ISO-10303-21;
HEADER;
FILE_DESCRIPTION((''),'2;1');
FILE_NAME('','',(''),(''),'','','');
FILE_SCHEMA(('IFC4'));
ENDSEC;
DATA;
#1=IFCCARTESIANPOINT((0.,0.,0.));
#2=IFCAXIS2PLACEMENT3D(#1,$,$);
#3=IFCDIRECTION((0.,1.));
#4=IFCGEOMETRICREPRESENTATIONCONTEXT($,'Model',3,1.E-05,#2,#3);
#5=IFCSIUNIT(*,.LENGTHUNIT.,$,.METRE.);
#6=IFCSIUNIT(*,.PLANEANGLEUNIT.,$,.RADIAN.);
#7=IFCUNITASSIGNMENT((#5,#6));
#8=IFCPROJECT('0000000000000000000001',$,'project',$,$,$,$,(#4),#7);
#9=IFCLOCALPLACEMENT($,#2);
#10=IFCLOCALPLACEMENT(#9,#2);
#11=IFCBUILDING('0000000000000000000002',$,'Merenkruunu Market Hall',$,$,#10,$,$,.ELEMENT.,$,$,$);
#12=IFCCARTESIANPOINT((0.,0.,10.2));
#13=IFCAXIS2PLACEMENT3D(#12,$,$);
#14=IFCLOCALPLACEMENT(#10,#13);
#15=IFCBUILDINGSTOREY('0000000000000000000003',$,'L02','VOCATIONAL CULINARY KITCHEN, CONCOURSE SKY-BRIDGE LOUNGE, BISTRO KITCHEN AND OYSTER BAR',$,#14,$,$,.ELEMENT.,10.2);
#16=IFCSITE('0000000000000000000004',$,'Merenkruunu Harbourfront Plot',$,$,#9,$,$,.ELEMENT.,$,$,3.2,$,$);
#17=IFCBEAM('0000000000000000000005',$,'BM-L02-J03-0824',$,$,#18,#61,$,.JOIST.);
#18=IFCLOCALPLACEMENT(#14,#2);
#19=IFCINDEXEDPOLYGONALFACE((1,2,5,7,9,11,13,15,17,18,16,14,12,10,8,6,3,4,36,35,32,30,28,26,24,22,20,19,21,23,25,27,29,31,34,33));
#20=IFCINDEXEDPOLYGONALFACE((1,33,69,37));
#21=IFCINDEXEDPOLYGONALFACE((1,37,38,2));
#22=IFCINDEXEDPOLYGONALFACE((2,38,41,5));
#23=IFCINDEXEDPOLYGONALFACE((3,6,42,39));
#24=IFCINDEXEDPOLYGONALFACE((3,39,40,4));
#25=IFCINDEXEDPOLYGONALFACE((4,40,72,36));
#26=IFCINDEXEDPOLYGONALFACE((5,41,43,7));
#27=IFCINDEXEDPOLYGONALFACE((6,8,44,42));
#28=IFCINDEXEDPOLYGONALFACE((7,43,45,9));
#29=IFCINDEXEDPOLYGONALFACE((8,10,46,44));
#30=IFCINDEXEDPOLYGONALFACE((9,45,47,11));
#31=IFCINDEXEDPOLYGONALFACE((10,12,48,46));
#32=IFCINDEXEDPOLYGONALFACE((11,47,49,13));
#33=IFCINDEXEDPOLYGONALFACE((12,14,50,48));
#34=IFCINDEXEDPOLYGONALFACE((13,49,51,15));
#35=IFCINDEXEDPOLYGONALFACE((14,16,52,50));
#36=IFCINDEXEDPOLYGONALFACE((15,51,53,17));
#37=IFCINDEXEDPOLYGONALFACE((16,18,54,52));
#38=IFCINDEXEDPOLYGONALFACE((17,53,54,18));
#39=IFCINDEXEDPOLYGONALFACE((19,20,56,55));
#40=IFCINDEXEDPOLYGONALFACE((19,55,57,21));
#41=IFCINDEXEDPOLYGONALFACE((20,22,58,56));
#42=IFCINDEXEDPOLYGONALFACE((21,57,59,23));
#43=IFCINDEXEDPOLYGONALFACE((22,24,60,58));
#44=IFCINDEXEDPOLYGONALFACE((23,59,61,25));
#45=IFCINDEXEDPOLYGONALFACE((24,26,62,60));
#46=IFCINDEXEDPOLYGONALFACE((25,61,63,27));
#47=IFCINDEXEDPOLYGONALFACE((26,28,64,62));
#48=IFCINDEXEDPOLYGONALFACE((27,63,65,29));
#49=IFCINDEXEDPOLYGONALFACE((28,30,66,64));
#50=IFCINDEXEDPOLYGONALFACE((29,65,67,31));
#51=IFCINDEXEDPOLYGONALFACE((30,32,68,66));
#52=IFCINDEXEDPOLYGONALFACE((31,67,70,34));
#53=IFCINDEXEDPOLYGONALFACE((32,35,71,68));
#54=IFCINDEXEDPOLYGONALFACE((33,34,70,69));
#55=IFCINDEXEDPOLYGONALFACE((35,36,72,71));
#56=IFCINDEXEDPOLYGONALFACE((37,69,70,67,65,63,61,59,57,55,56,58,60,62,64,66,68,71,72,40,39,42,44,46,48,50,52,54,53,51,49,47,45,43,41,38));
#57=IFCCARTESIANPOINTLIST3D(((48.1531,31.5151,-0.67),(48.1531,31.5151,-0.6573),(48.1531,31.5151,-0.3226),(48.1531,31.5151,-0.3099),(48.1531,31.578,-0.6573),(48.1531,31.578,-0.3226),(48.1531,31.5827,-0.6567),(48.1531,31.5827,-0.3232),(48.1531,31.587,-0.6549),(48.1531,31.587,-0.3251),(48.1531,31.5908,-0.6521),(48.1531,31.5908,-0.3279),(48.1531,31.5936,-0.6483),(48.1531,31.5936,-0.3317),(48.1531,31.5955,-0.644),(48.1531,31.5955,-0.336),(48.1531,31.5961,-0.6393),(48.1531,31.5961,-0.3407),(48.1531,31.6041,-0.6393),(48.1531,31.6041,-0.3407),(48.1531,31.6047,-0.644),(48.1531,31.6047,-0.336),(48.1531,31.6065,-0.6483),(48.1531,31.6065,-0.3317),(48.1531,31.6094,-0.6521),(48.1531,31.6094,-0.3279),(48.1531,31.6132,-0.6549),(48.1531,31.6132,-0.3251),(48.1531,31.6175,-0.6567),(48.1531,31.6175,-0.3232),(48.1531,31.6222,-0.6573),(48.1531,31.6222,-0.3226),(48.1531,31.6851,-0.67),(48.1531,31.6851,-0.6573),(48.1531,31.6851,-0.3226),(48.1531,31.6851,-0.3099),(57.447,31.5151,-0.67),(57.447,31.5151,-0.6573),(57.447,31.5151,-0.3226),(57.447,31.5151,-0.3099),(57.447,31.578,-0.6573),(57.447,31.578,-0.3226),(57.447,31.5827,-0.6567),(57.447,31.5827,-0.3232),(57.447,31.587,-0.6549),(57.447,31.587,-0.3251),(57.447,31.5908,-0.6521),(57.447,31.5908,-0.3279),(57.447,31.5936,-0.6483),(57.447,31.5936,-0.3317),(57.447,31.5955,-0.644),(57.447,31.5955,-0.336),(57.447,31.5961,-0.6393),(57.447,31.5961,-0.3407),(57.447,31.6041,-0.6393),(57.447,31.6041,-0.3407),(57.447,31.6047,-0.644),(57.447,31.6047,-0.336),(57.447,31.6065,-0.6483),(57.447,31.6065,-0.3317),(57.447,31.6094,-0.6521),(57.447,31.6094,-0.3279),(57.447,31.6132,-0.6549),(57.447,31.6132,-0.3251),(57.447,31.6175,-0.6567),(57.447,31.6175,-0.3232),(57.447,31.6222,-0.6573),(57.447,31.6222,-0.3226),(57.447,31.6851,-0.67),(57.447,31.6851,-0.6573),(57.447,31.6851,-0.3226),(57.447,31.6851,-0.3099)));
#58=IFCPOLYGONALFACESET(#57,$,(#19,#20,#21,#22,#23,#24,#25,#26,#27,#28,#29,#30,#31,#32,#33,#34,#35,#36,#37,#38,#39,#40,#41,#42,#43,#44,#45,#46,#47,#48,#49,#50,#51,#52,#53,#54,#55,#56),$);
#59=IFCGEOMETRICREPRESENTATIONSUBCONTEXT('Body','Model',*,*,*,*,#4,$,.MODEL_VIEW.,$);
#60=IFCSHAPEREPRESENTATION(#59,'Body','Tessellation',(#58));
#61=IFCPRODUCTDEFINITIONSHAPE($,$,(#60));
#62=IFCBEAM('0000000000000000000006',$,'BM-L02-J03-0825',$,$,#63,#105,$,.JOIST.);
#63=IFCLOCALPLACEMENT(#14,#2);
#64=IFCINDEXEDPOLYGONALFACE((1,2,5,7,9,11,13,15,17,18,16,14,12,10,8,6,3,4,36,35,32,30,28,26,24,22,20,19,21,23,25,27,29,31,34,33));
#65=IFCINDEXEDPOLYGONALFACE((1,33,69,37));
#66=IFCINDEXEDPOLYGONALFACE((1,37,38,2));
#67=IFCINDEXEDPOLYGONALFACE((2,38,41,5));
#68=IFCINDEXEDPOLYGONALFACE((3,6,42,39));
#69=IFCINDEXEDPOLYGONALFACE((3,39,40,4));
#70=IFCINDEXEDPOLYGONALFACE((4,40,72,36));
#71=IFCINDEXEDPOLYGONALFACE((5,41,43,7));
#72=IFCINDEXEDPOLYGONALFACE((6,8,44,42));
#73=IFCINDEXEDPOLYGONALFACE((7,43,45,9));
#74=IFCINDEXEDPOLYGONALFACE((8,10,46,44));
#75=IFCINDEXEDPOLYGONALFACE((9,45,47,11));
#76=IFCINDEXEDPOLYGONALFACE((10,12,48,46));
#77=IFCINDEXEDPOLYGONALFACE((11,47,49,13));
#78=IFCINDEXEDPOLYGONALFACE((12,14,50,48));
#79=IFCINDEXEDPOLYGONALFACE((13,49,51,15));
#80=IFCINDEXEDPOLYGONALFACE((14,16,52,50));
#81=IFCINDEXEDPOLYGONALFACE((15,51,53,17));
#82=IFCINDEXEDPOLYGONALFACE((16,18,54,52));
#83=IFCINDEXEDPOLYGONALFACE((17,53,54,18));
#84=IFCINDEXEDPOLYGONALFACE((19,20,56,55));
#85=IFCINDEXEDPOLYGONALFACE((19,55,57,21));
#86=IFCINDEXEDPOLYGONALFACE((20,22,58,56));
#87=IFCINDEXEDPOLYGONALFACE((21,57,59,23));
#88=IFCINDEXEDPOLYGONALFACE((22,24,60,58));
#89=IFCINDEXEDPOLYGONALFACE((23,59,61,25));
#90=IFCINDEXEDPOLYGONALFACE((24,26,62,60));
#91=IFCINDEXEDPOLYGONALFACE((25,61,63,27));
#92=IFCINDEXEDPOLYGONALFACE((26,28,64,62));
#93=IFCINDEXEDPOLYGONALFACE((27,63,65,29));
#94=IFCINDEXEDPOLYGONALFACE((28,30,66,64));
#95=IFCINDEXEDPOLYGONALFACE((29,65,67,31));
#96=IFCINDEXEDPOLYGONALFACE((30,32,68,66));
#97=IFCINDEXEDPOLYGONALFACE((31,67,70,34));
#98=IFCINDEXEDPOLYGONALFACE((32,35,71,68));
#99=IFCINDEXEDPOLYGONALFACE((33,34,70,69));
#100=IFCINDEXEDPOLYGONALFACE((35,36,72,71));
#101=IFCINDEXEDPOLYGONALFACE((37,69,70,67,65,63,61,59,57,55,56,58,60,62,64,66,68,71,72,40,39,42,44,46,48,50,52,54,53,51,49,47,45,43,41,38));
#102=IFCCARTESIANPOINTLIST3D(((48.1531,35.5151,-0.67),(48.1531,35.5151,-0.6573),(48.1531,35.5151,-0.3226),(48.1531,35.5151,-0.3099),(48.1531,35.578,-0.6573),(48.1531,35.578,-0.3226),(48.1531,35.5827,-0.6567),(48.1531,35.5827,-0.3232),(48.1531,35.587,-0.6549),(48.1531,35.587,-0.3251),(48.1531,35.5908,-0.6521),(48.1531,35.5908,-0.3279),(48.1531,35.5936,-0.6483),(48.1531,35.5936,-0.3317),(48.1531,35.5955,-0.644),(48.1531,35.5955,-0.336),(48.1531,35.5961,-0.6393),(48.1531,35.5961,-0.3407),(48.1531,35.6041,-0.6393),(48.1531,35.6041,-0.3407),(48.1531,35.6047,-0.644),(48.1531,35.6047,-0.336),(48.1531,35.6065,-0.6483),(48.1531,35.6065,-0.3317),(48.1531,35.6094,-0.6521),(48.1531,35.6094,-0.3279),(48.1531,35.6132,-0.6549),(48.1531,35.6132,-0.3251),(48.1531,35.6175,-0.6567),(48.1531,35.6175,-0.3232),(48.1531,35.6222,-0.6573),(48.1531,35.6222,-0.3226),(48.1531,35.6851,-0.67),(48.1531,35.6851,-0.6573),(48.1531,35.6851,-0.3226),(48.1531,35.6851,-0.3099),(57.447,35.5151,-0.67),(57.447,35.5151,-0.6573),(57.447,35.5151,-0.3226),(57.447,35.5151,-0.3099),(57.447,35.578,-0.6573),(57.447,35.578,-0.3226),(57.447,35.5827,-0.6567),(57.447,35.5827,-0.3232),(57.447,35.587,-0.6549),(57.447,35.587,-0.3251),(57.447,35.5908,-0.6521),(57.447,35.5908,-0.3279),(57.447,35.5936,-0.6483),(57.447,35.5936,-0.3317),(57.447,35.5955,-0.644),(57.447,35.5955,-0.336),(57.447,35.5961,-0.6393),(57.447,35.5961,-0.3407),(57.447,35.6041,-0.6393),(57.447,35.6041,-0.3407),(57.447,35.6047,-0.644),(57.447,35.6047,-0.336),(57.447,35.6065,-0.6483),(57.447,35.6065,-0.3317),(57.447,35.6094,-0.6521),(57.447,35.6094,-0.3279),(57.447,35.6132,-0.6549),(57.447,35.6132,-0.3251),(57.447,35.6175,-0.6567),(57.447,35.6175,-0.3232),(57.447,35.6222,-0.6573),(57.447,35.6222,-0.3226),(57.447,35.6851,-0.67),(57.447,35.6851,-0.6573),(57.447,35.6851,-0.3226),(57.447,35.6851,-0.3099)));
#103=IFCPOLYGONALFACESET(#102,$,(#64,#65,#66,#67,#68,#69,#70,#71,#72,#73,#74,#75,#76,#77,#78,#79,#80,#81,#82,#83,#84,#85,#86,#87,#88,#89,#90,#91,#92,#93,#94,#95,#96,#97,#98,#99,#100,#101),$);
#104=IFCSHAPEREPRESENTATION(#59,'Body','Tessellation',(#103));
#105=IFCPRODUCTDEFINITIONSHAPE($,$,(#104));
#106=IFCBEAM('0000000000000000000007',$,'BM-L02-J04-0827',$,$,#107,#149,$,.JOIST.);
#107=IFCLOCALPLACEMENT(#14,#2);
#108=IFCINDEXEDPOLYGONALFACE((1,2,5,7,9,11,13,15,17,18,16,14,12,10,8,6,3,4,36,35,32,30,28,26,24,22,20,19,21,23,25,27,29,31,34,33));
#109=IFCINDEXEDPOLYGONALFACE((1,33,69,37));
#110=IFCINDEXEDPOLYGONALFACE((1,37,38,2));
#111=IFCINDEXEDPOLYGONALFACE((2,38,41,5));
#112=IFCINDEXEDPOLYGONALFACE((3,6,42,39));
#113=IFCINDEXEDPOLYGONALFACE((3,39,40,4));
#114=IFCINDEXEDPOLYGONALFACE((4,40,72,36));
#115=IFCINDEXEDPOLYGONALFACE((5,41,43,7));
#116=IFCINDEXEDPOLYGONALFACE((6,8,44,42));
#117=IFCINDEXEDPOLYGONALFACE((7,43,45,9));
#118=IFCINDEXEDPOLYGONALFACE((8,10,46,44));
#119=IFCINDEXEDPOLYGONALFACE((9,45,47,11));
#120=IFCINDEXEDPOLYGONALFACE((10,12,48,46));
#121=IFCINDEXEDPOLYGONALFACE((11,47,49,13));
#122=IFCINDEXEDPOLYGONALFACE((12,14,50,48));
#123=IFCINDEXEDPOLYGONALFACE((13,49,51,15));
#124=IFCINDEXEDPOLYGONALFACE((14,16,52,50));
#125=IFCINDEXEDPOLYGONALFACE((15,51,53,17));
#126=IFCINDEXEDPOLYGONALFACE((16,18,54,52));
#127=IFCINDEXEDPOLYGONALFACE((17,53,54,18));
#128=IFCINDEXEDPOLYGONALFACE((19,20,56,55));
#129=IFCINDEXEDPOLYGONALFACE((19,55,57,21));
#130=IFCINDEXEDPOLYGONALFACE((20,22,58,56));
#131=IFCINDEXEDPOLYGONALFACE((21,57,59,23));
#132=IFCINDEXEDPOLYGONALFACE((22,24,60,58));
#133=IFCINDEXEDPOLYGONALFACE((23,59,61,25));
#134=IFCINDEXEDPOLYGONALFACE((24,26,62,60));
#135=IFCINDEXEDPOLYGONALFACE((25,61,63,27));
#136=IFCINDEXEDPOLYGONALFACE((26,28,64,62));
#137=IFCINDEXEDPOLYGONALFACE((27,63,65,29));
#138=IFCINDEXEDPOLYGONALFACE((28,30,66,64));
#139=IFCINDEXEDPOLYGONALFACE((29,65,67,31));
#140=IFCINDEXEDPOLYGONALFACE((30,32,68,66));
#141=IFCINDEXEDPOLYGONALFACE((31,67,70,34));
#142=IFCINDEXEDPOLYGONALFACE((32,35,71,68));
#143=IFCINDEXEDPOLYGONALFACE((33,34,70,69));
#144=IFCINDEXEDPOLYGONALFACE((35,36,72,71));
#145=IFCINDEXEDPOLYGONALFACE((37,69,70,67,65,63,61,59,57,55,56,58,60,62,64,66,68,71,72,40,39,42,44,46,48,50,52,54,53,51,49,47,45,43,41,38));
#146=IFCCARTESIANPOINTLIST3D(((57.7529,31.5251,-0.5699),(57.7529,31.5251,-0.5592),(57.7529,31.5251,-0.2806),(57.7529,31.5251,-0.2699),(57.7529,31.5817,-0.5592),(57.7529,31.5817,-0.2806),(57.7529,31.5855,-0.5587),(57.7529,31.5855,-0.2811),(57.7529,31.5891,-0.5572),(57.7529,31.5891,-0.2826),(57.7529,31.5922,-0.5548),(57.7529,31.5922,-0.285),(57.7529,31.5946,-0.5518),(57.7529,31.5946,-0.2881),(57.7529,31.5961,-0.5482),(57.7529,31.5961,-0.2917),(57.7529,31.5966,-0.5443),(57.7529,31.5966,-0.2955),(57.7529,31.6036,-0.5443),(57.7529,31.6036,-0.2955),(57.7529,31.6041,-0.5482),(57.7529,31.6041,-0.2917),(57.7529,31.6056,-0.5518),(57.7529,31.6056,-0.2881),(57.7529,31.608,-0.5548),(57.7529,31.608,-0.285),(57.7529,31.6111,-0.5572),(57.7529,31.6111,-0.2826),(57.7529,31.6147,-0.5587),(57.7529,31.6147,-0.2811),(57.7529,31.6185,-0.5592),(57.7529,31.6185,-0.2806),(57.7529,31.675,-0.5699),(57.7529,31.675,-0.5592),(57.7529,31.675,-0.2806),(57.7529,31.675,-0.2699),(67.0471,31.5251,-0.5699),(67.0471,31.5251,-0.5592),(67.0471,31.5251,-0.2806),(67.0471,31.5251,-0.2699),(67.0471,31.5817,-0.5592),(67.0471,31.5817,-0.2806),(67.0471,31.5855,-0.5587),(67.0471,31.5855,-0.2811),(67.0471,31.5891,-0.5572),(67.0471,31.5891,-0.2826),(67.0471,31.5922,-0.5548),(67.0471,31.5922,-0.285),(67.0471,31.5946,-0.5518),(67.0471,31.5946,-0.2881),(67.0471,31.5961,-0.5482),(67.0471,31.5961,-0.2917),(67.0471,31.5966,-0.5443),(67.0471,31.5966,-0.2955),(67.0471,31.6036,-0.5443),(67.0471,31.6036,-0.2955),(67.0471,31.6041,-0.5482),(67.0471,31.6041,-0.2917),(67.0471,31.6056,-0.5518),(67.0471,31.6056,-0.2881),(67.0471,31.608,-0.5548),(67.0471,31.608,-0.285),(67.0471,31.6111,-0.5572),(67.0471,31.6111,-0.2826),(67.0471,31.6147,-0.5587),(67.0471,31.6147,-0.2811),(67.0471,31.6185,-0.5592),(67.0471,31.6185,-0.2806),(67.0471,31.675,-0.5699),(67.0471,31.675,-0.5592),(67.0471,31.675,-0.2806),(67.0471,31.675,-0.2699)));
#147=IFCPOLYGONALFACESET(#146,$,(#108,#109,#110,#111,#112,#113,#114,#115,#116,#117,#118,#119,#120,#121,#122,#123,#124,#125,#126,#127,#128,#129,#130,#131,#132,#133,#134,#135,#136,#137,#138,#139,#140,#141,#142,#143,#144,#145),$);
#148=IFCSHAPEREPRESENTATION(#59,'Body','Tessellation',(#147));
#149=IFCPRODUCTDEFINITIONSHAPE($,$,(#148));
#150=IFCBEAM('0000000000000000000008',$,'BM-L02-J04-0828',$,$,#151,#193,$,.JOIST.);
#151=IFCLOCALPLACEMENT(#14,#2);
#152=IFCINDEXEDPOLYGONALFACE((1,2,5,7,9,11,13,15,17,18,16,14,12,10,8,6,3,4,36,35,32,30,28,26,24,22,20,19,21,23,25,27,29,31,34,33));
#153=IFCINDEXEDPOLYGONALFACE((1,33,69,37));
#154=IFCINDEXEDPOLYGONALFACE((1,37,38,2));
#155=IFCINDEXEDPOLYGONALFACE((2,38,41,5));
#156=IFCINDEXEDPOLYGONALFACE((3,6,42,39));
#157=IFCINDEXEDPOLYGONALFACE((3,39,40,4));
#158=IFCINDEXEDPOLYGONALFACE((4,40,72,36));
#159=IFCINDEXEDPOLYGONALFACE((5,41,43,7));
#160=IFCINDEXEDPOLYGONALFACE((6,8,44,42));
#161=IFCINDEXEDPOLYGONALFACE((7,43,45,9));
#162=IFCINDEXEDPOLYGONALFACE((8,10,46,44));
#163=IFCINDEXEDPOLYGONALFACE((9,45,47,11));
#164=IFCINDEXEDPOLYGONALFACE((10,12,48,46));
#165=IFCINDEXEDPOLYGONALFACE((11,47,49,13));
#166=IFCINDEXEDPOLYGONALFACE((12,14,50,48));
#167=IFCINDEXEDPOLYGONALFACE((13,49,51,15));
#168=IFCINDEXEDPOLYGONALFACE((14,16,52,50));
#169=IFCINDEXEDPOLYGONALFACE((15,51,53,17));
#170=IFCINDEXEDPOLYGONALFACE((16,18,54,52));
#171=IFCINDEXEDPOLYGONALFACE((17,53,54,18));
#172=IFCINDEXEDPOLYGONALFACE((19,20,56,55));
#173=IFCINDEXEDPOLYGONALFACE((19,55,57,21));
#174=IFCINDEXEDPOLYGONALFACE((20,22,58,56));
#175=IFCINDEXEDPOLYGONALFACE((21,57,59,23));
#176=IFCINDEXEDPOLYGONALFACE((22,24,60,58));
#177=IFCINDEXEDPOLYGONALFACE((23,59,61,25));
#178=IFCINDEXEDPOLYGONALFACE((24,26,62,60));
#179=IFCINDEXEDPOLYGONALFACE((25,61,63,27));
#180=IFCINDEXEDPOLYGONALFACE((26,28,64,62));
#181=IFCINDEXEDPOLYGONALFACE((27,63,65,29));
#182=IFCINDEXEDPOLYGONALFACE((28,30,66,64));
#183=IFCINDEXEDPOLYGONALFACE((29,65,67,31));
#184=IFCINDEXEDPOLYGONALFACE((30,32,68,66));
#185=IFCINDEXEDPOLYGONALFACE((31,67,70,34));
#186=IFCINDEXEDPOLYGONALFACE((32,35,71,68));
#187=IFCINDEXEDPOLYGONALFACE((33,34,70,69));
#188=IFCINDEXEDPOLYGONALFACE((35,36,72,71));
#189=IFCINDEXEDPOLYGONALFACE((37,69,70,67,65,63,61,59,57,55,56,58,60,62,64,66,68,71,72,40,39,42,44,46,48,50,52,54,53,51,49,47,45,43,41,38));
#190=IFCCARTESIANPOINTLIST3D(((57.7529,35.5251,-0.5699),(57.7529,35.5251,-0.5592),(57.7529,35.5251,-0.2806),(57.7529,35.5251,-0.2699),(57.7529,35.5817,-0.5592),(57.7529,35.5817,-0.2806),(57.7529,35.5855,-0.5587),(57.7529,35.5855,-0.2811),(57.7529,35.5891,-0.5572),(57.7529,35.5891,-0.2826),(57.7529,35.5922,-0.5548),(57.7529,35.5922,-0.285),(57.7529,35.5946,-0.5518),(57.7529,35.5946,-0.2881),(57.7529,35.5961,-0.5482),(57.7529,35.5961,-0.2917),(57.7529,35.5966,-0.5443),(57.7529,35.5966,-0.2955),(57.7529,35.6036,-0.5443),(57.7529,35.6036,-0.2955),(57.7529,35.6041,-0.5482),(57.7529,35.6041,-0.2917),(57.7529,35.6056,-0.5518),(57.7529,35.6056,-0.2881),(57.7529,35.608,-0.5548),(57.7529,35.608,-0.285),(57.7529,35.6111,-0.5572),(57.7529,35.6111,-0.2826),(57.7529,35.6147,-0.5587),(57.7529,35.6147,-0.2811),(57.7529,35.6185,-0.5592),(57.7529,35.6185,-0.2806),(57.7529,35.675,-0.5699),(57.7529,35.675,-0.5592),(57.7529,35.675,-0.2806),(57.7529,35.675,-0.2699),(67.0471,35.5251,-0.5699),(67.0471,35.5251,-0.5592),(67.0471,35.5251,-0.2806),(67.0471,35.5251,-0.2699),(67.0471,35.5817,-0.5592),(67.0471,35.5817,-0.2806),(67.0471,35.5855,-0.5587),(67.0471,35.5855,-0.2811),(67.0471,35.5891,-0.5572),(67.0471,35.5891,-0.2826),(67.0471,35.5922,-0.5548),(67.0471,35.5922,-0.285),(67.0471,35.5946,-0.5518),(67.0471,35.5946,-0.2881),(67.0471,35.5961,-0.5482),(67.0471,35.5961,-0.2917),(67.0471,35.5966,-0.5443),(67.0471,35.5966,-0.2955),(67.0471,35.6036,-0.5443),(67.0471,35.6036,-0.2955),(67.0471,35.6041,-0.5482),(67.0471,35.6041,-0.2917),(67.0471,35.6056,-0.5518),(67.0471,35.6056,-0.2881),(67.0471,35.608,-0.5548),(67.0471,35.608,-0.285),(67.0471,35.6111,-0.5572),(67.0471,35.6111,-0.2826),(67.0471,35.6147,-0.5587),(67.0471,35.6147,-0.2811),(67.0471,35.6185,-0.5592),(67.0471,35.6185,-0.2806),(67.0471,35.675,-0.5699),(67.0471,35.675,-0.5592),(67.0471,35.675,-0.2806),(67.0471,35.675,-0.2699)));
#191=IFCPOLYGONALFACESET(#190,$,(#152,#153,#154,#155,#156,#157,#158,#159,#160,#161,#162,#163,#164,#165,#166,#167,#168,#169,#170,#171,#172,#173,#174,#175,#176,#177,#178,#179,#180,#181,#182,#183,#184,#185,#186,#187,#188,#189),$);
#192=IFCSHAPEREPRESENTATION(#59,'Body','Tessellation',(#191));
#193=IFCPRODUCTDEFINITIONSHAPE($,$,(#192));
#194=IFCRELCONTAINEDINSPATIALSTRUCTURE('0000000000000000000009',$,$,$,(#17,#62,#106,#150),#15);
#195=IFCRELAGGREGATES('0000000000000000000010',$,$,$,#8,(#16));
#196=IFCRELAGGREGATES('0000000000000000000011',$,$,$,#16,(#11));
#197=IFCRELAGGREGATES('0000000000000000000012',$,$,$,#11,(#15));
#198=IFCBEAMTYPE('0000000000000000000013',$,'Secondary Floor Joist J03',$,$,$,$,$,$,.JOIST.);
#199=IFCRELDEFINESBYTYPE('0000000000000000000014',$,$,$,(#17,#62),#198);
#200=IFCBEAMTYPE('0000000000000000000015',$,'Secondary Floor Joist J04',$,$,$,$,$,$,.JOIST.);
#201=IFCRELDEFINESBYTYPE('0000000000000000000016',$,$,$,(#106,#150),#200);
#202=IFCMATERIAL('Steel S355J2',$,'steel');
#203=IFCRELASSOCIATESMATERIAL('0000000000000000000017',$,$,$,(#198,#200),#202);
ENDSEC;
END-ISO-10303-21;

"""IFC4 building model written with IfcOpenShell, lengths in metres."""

from ifc_helpers import new_model, si_unit, direction, frame, origin, origin_2d, place, context, subcontext, project, spatial, i_section, extrude, material, material_profile, profile_set, type_object, element, save


model = new_model("IFC4")

# Units and contexts
model_context = context("Model", 3, precision=1e-05, world=origin(), true_north=direction((0.0, 1.0)))
body_context = subcontext(model_context, "Body", "Model", "MODEL_VIEW")
ifc_project = project(units=[si_unit("LENGTHUNIT", "METRE"), si_unit("PLANEANGLEUNIT", "RADIAN")], contexts=[model_context])

# Site, building, storey
site_placement = place(None, origin())
site = spatial("IfcSite", under=ifc_project, at=site_placement, Name="Merenkruunu Harbourfront Plot", CompositionType="ELEMENT", RefElevation=3.2)
building_placement = place(site_placement, origin())
building = spatial("IfcBuilding", under=site, at=building_placement, Name="Merenkruunu Market Hall", CompositionType="ELEMENT")
storey_placement = place(building_placement, frame((0.0, 0.0, 10.2)))
storey = spatial("IfcBuildingStorey", under=building, at=storey_placement, Name="L02", Description="VOCATIONAL CULINARY KITCHEN, CONCOURSE SKY-BRIDGE LOUNGE, BISTRO KITCHEN AND OYSTER BAR", CompositionType="ELEMENT", Elevation=10.2)

# Shared definitions
ifc_material_1 = material(Name="Steel S355J2", Category="steel")

# Beams
ifc_material_profile_1 = material_profile(ifc_material_1, i_section(OverallWidth=0.1699, OverallDepth=0.3601, WebThickness=0.0081, FlangeThickness=0.0127, FilletRadius=0.0181, at=origin_2d()), Name="IPE 360")
ifc_profile_set_1 = profile_set([ifc_material_profile_1], Name="Steel S355J2")
beam_type_1 = type_object("IfcBeamType", Name="Secondary Floor Joist J03", PredefinedType="JOIST", material=ifc_profile_set_1)
for number, where, z_axis, x_axis, name in (
    (1, (48.1531, 31.6001, -0.49), (1.0, 0.0, 0.0), (0.0, 1.0, 0.0), "BM-L02-J03-0824"),
    (2, (48.1531, 35.6001, -0.49), (1.0, 0.0, 0.0), (0.0, 1.0, 0.0), "BM-L02-J03-0825"),
):
    element("IfcBeam", number, at=place(storey_placement, frame(where, z_axis=z_axis, x_axis=x_axis)), inside=storey, type_object=beam_type_1, Name=name, PredefinedType="JOIST", context=body_context, shape_type="SweptSolid", body=[
        extrude(i_section(OverallWidth=0.1699, OverallDepth=0.3601, WebThickness=0.0081, FlangeThickness=0.0127, FilletRadius=0.0181, at=origin_2d()), origin(), (0.0, 0.0, 1.0), 9.2939),
    ])
ifc_material_profile_2 = material_profile(ifc_material_1, i_section(OverallWidth=0.1499, OverallDepth=0.3, WebThickness=0.0071, FlangeThickness=0.0107, FilletRadius=0.0149, at=origin_2d()), Name="IPE 300")
ifc_profile_set_2 = profile_set([ifc_material_profile_2], Name="Steel S355J2")
beam_type_2 = type_object("IfcBeamType", Name="Secondary Floor Joist J04", PredefinedType="JOIST", material=ifc_profile_set_2)
for number, where, z_axis, x_axis, name in (
    (3, (57.7529, 31.6001, -0.4199), (1.0, 0.0, 0.0), (0.0, 1.0, 0.0), "BM-L02-J04-0827"),
    (4, (57.7529, 35.6001, -0.4199), (1.0, 0.0, 0.0), (0.0, 1.0, 0.0), "BM-L02-J04-0828"),
):
    element("IfcBeam", number, at=place(storey_placement, frame(where, z_axis=z_axis, x_axis=x_axis)), inside=storey, type_object=beam_type_2, Name=name, PredefinedType="JOIST", context=body_context, shape_type="SweptSolid", body=[
        extrude(i_section(OverallWidth=0.1499, OverallDepth=0.3, WebThickness=0.0071, FlangeThickness=0.0107, FilletRadius=0.0149, at=origin_2d()), origin(), (0.0, 0.0, 1.0), 9.2942),
    ])

save(model, "model.ifc")
